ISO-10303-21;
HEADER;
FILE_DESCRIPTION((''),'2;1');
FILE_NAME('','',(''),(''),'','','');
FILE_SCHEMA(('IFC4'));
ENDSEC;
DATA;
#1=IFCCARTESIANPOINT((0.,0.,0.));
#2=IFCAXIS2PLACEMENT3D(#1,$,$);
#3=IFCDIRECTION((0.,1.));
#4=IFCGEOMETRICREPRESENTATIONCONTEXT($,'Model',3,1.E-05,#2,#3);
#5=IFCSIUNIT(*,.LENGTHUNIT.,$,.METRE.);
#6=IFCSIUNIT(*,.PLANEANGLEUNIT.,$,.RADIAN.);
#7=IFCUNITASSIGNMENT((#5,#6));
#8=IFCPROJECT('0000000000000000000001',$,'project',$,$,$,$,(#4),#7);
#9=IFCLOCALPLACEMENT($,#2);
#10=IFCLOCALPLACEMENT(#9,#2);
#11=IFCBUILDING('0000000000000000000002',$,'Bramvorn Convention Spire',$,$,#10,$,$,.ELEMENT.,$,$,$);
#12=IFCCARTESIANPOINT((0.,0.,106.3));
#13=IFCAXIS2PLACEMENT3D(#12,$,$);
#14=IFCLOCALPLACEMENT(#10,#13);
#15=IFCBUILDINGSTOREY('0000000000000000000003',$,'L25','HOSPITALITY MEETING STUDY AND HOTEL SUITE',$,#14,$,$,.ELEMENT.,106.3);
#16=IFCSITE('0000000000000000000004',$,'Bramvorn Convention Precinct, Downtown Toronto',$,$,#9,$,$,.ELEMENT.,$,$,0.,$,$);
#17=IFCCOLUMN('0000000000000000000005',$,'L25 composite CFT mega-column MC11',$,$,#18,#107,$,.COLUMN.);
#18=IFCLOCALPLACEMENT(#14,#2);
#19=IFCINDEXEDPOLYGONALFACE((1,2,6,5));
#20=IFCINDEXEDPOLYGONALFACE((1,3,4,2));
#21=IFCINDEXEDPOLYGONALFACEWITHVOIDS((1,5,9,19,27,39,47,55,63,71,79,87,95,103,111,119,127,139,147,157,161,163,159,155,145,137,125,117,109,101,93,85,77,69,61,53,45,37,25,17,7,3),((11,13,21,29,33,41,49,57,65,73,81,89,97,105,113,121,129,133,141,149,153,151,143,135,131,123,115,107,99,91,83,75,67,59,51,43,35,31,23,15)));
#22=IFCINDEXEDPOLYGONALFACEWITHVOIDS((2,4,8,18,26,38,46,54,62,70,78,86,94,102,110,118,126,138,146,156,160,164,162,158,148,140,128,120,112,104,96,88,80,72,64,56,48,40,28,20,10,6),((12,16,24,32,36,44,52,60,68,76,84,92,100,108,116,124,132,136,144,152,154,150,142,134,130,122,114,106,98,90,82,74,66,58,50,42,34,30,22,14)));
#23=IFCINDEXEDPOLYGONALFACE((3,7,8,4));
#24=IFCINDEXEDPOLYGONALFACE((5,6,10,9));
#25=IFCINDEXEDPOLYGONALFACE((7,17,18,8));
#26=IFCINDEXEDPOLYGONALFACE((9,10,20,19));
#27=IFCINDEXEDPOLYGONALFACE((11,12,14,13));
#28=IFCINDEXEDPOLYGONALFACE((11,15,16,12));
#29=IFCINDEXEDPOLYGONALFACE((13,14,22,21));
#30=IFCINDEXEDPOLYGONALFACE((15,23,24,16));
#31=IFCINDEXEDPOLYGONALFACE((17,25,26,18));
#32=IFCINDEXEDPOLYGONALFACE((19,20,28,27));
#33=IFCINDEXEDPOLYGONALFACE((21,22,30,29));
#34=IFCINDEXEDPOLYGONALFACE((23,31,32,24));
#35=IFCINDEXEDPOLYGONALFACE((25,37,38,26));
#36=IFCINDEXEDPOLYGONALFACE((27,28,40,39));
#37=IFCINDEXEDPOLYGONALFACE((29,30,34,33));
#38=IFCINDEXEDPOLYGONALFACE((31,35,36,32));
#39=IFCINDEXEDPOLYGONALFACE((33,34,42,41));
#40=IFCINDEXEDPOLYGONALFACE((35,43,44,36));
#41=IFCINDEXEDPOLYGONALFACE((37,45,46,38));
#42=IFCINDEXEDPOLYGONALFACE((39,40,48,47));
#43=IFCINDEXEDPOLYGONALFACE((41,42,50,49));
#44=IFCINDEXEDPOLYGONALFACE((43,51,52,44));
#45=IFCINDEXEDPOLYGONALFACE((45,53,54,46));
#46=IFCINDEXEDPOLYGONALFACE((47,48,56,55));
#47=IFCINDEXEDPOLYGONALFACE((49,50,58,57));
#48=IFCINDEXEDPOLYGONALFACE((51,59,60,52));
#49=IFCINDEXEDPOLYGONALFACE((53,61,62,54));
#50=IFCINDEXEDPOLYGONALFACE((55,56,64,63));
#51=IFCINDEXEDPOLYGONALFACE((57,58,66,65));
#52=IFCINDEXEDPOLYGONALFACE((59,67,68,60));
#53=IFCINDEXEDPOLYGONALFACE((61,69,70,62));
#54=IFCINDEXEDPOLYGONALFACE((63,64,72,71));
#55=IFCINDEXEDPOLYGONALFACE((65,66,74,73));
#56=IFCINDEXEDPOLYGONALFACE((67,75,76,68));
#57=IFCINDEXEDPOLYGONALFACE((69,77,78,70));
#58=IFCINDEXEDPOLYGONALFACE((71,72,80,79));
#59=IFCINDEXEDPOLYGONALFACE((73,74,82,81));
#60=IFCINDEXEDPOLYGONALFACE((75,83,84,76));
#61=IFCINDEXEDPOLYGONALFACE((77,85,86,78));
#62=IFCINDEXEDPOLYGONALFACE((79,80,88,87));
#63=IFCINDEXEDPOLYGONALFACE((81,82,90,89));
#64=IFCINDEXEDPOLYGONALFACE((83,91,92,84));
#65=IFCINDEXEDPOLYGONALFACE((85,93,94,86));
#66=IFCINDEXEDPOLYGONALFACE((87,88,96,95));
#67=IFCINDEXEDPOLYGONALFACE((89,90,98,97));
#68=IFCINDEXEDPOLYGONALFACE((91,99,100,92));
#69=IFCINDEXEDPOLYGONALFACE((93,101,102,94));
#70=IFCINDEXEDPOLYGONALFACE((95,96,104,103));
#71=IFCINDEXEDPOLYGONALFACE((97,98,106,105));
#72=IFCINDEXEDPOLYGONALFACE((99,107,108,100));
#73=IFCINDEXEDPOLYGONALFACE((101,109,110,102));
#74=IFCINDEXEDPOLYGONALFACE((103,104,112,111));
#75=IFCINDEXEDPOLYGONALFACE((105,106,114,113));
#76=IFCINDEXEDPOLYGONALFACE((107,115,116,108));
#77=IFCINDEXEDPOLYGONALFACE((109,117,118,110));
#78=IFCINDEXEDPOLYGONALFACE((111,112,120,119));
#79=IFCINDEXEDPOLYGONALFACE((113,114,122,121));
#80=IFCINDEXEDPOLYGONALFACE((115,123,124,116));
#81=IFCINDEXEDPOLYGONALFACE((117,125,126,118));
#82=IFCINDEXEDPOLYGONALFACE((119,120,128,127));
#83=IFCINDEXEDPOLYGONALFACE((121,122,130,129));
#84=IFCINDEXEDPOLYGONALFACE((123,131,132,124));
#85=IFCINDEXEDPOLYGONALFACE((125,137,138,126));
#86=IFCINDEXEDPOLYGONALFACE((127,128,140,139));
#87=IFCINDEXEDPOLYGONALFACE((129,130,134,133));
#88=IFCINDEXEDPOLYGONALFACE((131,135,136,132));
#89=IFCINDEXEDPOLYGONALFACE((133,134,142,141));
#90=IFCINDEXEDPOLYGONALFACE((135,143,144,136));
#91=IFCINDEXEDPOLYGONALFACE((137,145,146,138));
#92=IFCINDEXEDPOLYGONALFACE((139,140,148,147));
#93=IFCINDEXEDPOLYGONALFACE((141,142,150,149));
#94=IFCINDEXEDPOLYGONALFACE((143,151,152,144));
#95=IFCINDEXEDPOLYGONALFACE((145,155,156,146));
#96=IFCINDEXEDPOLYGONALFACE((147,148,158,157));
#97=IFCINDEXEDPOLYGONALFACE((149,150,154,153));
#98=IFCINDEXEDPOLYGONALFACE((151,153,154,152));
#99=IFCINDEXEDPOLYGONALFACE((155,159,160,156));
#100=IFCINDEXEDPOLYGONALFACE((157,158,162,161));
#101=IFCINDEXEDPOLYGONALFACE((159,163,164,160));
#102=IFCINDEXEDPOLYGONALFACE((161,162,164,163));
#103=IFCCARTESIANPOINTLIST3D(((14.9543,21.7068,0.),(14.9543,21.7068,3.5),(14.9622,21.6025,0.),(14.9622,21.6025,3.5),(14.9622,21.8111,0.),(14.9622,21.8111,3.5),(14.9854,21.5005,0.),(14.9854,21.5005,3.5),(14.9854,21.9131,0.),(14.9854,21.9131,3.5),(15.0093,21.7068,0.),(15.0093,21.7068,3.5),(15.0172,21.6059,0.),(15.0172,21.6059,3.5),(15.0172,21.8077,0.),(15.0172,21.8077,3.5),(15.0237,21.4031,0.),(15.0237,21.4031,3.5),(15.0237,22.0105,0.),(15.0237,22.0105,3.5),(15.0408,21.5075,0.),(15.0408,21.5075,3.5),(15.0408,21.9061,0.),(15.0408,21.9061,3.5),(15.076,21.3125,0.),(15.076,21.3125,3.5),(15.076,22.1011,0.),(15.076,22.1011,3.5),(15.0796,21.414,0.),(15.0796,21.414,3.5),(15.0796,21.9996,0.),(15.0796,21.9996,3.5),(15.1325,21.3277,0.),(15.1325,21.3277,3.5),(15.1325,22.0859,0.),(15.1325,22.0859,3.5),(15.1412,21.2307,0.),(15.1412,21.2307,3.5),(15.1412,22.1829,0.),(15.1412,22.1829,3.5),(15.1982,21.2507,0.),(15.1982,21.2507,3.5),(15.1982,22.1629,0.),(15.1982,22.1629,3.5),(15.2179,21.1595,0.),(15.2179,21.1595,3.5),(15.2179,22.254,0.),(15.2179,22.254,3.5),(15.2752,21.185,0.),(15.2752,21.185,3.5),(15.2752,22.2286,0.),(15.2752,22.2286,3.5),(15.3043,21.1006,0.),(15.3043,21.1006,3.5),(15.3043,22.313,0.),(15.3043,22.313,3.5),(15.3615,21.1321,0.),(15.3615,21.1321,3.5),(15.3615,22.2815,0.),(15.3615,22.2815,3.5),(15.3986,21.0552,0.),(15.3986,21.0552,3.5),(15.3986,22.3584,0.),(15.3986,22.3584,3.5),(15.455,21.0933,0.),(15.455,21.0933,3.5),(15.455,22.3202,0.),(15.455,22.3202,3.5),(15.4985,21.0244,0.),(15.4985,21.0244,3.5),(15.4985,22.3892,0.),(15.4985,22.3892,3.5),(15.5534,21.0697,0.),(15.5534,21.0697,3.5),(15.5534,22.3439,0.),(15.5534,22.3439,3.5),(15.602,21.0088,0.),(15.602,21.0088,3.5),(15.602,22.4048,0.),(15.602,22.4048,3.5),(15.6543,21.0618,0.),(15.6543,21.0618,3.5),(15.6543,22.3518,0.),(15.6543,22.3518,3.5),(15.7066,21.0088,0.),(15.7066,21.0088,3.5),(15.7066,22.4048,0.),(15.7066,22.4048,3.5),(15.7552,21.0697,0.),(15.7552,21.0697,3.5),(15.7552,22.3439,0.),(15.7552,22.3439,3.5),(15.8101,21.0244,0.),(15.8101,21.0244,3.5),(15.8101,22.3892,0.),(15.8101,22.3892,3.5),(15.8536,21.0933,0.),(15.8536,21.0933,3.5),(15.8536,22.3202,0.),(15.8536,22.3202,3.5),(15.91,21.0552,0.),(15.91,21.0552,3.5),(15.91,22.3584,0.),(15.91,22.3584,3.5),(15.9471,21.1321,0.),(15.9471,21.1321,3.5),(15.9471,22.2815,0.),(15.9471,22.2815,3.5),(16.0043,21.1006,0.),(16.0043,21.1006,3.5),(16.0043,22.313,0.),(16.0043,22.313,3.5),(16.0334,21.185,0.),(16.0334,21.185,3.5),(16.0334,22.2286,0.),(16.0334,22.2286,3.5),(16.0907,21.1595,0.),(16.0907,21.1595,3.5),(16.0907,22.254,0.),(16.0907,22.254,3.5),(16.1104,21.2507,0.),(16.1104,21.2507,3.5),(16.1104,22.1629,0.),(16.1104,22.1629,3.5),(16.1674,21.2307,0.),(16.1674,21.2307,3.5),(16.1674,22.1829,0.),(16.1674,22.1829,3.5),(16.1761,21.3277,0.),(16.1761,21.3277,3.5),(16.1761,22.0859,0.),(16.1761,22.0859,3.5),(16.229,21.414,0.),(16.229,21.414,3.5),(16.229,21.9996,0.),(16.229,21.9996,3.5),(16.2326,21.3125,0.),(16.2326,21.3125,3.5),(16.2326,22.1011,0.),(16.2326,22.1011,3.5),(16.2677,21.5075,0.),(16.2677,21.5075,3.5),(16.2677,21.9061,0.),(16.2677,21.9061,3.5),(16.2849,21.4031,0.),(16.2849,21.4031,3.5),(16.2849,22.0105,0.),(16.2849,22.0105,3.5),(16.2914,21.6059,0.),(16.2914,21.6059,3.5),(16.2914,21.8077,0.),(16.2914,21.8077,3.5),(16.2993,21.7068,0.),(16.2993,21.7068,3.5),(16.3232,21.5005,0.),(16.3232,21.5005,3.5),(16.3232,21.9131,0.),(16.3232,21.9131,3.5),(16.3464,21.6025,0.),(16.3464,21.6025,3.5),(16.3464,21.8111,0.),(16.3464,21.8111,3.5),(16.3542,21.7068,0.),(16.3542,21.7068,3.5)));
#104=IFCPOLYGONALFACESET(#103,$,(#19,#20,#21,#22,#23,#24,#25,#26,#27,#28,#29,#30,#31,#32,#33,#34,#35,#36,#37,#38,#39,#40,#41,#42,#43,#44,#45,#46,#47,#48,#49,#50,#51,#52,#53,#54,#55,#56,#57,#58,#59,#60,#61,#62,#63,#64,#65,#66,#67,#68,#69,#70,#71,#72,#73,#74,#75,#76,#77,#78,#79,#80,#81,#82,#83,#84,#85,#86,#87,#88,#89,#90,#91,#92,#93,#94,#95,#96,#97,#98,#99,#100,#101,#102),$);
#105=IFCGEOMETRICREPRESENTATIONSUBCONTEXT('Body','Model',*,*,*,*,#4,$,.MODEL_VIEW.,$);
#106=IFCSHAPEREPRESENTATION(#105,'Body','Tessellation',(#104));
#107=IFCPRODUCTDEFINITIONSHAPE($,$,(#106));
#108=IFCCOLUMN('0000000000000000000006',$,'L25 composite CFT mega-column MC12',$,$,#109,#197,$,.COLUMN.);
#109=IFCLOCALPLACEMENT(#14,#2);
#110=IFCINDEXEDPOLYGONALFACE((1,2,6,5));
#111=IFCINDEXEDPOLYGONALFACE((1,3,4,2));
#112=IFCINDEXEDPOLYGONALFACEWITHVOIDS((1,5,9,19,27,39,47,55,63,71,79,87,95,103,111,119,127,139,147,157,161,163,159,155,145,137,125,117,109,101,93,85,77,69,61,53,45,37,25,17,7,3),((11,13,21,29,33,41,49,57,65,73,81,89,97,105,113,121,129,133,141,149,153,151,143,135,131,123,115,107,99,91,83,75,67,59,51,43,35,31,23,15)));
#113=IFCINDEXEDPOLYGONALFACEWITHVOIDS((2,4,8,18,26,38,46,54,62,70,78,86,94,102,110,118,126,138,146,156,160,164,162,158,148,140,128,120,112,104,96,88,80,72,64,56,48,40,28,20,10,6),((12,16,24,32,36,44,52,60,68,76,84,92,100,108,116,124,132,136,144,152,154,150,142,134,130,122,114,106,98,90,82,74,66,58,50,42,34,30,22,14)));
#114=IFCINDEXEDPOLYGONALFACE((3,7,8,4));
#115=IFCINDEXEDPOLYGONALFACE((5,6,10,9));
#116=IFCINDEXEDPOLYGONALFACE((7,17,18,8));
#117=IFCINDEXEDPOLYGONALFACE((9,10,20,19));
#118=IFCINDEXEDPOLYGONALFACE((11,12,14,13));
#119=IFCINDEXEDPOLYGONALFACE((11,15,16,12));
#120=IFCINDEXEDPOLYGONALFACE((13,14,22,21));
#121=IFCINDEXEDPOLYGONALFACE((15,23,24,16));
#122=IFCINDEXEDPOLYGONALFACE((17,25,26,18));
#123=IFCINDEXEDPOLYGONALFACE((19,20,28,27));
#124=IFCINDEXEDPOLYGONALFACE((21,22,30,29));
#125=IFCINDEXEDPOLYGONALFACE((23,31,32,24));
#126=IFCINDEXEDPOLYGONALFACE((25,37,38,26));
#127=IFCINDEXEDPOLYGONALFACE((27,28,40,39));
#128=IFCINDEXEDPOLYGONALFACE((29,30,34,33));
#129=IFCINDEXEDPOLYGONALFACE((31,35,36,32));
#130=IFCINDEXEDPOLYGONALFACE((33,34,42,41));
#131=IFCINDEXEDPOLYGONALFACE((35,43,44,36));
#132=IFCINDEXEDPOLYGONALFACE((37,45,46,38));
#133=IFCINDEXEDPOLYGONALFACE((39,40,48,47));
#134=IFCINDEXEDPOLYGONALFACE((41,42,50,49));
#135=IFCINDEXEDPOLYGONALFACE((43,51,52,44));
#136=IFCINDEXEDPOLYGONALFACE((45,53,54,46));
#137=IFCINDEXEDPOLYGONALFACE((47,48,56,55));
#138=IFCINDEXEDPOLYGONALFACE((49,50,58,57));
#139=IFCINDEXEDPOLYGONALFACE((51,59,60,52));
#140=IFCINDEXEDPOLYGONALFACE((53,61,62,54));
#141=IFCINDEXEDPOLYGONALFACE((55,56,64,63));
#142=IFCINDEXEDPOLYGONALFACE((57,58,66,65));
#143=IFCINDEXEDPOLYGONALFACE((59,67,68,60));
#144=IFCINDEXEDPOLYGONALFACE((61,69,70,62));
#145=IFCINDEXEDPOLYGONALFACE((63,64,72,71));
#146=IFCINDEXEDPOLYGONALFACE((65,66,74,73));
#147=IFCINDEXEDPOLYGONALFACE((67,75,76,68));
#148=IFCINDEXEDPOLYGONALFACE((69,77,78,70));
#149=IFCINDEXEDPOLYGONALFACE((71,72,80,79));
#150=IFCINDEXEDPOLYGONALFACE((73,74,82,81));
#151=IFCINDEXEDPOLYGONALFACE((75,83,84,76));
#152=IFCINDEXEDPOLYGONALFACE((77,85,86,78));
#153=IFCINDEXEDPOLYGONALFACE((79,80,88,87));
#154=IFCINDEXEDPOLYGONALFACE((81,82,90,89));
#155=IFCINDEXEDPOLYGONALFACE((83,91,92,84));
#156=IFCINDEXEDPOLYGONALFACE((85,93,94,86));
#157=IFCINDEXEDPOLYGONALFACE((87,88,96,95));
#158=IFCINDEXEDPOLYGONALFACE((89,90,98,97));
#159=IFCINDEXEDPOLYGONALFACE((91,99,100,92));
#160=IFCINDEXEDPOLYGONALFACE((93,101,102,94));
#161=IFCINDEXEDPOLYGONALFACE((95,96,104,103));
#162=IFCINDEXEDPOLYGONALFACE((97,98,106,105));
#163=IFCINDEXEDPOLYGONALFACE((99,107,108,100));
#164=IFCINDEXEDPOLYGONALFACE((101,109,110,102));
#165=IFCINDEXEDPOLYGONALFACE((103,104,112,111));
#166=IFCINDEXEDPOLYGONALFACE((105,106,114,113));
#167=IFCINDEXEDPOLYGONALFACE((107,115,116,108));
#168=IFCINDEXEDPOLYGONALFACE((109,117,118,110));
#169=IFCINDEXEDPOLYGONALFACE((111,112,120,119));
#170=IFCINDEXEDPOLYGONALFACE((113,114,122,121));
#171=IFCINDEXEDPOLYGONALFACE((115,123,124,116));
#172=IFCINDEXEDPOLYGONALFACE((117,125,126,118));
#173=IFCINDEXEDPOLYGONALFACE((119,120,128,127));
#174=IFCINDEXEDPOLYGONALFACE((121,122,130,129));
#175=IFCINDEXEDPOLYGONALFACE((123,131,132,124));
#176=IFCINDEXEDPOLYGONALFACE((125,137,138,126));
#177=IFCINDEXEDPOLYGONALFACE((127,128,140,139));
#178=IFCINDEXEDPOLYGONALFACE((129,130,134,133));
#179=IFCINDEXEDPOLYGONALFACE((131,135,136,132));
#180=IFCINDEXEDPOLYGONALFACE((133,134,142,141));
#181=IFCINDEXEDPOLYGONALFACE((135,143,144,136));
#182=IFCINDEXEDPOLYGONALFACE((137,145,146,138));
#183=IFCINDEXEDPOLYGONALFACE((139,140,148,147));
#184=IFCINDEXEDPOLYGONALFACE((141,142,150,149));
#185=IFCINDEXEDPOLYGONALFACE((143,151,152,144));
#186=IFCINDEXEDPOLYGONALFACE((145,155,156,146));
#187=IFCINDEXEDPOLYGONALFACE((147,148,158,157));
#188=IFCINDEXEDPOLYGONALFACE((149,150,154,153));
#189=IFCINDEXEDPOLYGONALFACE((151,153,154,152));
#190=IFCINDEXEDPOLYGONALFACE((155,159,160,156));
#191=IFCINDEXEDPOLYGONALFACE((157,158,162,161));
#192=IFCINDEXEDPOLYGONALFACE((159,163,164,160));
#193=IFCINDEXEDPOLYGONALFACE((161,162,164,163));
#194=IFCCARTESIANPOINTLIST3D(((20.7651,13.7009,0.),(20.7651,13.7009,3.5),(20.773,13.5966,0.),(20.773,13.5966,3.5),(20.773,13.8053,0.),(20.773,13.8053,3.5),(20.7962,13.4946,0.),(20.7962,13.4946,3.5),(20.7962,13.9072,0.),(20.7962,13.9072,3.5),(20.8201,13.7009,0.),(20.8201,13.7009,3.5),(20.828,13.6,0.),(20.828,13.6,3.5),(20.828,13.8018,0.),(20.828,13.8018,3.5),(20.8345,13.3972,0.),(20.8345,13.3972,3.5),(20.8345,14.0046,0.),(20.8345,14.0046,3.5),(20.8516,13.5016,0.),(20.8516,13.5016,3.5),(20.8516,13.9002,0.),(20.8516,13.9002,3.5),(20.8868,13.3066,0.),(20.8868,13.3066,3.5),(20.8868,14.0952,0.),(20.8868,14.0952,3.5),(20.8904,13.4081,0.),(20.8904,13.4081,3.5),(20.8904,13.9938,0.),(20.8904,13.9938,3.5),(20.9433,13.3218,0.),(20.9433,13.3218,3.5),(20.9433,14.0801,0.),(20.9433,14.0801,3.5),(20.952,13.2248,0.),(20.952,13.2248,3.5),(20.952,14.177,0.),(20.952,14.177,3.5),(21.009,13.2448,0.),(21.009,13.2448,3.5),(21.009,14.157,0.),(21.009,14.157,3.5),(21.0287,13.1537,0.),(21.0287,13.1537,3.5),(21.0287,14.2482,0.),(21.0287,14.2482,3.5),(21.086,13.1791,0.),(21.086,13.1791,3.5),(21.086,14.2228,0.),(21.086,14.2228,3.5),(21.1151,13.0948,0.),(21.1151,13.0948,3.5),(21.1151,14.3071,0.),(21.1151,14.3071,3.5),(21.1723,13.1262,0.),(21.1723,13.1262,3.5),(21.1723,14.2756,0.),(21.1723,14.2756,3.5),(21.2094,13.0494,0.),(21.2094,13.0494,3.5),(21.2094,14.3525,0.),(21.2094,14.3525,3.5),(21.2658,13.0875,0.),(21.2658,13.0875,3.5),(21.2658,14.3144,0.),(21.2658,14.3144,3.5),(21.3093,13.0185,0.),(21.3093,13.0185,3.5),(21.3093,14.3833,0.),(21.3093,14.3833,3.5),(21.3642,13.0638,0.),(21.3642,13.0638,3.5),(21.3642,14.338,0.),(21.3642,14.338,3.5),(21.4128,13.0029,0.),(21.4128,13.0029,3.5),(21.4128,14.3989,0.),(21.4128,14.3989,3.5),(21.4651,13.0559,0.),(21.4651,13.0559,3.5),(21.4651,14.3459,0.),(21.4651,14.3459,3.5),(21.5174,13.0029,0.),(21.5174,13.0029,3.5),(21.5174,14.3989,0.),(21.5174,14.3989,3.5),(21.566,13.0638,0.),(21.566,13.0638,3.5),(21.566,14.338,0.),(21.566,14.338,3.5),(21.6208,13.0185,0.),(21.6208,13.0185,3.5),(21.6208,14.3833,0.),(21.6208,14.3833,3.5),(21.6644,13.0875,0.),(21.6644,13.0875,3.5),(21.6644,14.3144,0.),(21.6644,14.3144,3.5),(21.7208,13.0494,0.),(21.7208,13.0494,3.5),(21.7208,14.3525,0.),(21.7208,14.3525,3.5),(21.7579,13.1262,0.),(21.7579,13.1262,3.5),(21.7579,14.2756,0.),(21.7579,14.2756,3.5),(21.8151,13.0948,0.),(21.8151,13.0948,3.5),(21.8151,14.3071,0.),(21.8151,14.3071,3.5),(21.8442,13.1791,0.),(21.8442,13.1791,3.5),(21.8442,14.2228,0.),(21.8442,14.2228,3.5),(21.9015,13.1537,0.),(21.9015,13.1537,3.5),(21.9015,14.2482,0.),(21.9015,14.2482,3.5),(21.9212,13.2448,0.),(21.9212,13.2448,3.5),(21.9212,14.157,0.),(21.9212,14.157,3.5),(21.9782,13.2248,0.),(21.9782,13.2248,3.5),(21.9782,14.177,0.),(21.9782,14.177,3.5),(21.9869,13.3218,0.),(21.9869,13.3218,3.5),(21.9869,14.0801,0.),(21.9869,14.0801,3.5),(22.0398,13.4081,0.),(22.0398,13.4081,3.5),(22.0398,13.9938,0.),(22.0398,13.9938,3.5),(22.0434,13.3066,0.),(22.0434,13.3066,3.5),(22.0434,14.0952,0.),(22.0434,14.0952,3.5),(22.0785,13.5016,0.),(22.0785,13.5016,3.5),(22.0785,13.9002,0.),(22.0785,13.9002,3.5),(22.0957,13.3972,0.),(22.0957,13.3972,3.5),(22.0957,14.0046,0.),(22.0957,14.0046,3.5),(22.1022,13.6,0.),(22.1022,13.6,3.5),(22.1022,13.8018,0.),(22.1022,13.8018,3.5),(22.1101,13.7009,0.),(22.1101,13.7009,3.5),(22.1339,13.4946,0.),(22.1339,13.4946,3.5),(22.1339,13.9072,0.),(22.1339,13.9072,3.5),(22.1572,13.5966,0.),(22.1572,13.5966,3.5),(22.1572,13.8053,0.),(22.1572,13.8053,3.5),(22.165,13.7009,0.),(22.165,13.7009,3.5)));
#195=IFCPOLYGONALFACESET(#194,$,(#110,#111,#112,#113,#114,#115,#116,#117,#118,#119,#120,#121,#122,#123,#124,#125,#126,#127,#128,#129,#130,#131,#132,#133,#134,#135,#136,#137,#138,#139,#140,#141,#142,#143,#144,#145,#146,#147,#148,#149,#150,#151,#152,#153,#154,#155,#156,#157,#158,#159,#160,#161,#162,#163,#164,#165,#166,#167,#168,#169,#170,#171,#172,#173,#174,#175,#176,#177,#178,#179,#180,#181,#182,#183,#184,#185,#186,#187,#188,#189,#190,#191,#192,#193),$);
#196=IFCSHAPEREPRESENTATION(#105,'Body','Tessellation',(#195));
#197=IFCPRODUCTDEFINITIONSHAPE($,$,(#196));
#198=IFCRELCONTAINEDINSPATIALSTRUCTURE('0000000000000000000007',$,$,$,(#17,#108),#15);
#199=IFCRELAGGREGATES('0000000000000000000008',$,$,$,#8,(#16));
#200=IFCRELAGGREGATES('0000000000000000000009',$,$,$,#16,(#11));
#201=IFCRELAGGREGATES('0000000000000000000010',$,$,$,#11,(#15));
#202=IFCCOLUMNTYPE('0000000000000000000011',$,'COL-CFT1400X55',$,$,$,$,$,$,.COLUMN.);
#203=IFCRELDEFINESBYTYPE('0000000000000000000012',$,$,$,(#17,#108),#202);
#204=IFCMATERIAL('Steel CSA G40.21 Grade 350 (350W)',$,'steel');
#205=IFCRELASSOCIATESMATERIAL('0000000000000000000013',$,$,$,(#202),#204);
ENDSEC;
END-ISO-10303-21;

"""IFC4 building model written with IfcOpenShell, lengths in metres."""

from ifc_helpers import new_model, si_unit, direction, frame, origin, origin_2d, place, context, subcontext, project, spatial, hollow_circle, extrude, material, material_profile, profile_set, type_object, element, save


model = new_model("IFC4")

# Units and contexts
model_context = context("Model", 3, precision=1e-05, world=origin(), true_north=direction((0.0, 1.0)))
body_context = subcontext(model_context, "Body", "Model", "MODEL_VIEW")
ifc_project = project(units=[si_unit("LENGTHUNIT", "METRE"), si_unit("PLANEANGLEUNIT", "RADIAN")], contexts=[model_context])

# Site, building, storey
site_placement = place(None, origin())
site = spatial("IfcSite", under=ifc_project, at=site_placement, Name="Bramvorn Convention Precinct, Downtown Toronto", CompositionType="ELEMENT", RefElevation=0.0)
building_placement = place(site_placement, origin())
building = spatial("IfcBuilding", under=site, at=building_placement, Name="Bramvorn Convention Spire", CompositionType="ELEMENT")
storey_placement = place(building_placement, frame((0.0, 0.0, 106.3)))
storey = spatial("IfcBuildingStorey", under=building, at=storey_placement, Name="L25", Description="HOSPITALITY MEETING STUDY AND HOTEL SUITE", CompositionType="ELEMENT", Elevation=106.3)

# Columns
ifc_material_1 = material(Name="Steel CSA G40.21 Grade 350 (350W)", Category="steel")
ifc_material_profile_1 = material_profile(ifc_material_1, hollow_circle(Radius=0.7, WallThickness=0.0549, at=origin_2d()))
ifc_profile_set_1 = profile_set([ifc_material_profile_1], Name="Steel CSA G40.21 Grade 350 (350W) - CFT1400X55")
column_type = type_object("IfcColumnType", Name="COL-CFT1400X55", PredefinedType="COLUMN", material=ifc_profile_set_1)
for number, where, z_axis, x_axis, name in (
    (1, (15.6543, 21.7068, 0.0), (0.0, 0.0, 1.0), (1.0, 0.0, 0.0), "L25 composite CFT mega-column MC11"),
    (2, (21.4651, 13.7009, 0.0), (0.0, 0.0, 1.0), (1.0, 0.0, 0.0), "L25 composite CFT mega-column MC12"),
):
    element("IfcColumn", number, at=place(storey_placement, frame(where, z_axis=z_axis, x_axis=x_axis)), inside=storey, type_object=column_type, Name=name, PredefinedType="COLUMN", context=body_context, shape_type="SweptSolid", body=[
        extrude(hollow_circle(Radius=0.7, WallThickness=0.0549, at=origin_2d()), origin(), (0.0, 0.0, 1.0), 3.5),
    ])

save(model, "model.ifc")
